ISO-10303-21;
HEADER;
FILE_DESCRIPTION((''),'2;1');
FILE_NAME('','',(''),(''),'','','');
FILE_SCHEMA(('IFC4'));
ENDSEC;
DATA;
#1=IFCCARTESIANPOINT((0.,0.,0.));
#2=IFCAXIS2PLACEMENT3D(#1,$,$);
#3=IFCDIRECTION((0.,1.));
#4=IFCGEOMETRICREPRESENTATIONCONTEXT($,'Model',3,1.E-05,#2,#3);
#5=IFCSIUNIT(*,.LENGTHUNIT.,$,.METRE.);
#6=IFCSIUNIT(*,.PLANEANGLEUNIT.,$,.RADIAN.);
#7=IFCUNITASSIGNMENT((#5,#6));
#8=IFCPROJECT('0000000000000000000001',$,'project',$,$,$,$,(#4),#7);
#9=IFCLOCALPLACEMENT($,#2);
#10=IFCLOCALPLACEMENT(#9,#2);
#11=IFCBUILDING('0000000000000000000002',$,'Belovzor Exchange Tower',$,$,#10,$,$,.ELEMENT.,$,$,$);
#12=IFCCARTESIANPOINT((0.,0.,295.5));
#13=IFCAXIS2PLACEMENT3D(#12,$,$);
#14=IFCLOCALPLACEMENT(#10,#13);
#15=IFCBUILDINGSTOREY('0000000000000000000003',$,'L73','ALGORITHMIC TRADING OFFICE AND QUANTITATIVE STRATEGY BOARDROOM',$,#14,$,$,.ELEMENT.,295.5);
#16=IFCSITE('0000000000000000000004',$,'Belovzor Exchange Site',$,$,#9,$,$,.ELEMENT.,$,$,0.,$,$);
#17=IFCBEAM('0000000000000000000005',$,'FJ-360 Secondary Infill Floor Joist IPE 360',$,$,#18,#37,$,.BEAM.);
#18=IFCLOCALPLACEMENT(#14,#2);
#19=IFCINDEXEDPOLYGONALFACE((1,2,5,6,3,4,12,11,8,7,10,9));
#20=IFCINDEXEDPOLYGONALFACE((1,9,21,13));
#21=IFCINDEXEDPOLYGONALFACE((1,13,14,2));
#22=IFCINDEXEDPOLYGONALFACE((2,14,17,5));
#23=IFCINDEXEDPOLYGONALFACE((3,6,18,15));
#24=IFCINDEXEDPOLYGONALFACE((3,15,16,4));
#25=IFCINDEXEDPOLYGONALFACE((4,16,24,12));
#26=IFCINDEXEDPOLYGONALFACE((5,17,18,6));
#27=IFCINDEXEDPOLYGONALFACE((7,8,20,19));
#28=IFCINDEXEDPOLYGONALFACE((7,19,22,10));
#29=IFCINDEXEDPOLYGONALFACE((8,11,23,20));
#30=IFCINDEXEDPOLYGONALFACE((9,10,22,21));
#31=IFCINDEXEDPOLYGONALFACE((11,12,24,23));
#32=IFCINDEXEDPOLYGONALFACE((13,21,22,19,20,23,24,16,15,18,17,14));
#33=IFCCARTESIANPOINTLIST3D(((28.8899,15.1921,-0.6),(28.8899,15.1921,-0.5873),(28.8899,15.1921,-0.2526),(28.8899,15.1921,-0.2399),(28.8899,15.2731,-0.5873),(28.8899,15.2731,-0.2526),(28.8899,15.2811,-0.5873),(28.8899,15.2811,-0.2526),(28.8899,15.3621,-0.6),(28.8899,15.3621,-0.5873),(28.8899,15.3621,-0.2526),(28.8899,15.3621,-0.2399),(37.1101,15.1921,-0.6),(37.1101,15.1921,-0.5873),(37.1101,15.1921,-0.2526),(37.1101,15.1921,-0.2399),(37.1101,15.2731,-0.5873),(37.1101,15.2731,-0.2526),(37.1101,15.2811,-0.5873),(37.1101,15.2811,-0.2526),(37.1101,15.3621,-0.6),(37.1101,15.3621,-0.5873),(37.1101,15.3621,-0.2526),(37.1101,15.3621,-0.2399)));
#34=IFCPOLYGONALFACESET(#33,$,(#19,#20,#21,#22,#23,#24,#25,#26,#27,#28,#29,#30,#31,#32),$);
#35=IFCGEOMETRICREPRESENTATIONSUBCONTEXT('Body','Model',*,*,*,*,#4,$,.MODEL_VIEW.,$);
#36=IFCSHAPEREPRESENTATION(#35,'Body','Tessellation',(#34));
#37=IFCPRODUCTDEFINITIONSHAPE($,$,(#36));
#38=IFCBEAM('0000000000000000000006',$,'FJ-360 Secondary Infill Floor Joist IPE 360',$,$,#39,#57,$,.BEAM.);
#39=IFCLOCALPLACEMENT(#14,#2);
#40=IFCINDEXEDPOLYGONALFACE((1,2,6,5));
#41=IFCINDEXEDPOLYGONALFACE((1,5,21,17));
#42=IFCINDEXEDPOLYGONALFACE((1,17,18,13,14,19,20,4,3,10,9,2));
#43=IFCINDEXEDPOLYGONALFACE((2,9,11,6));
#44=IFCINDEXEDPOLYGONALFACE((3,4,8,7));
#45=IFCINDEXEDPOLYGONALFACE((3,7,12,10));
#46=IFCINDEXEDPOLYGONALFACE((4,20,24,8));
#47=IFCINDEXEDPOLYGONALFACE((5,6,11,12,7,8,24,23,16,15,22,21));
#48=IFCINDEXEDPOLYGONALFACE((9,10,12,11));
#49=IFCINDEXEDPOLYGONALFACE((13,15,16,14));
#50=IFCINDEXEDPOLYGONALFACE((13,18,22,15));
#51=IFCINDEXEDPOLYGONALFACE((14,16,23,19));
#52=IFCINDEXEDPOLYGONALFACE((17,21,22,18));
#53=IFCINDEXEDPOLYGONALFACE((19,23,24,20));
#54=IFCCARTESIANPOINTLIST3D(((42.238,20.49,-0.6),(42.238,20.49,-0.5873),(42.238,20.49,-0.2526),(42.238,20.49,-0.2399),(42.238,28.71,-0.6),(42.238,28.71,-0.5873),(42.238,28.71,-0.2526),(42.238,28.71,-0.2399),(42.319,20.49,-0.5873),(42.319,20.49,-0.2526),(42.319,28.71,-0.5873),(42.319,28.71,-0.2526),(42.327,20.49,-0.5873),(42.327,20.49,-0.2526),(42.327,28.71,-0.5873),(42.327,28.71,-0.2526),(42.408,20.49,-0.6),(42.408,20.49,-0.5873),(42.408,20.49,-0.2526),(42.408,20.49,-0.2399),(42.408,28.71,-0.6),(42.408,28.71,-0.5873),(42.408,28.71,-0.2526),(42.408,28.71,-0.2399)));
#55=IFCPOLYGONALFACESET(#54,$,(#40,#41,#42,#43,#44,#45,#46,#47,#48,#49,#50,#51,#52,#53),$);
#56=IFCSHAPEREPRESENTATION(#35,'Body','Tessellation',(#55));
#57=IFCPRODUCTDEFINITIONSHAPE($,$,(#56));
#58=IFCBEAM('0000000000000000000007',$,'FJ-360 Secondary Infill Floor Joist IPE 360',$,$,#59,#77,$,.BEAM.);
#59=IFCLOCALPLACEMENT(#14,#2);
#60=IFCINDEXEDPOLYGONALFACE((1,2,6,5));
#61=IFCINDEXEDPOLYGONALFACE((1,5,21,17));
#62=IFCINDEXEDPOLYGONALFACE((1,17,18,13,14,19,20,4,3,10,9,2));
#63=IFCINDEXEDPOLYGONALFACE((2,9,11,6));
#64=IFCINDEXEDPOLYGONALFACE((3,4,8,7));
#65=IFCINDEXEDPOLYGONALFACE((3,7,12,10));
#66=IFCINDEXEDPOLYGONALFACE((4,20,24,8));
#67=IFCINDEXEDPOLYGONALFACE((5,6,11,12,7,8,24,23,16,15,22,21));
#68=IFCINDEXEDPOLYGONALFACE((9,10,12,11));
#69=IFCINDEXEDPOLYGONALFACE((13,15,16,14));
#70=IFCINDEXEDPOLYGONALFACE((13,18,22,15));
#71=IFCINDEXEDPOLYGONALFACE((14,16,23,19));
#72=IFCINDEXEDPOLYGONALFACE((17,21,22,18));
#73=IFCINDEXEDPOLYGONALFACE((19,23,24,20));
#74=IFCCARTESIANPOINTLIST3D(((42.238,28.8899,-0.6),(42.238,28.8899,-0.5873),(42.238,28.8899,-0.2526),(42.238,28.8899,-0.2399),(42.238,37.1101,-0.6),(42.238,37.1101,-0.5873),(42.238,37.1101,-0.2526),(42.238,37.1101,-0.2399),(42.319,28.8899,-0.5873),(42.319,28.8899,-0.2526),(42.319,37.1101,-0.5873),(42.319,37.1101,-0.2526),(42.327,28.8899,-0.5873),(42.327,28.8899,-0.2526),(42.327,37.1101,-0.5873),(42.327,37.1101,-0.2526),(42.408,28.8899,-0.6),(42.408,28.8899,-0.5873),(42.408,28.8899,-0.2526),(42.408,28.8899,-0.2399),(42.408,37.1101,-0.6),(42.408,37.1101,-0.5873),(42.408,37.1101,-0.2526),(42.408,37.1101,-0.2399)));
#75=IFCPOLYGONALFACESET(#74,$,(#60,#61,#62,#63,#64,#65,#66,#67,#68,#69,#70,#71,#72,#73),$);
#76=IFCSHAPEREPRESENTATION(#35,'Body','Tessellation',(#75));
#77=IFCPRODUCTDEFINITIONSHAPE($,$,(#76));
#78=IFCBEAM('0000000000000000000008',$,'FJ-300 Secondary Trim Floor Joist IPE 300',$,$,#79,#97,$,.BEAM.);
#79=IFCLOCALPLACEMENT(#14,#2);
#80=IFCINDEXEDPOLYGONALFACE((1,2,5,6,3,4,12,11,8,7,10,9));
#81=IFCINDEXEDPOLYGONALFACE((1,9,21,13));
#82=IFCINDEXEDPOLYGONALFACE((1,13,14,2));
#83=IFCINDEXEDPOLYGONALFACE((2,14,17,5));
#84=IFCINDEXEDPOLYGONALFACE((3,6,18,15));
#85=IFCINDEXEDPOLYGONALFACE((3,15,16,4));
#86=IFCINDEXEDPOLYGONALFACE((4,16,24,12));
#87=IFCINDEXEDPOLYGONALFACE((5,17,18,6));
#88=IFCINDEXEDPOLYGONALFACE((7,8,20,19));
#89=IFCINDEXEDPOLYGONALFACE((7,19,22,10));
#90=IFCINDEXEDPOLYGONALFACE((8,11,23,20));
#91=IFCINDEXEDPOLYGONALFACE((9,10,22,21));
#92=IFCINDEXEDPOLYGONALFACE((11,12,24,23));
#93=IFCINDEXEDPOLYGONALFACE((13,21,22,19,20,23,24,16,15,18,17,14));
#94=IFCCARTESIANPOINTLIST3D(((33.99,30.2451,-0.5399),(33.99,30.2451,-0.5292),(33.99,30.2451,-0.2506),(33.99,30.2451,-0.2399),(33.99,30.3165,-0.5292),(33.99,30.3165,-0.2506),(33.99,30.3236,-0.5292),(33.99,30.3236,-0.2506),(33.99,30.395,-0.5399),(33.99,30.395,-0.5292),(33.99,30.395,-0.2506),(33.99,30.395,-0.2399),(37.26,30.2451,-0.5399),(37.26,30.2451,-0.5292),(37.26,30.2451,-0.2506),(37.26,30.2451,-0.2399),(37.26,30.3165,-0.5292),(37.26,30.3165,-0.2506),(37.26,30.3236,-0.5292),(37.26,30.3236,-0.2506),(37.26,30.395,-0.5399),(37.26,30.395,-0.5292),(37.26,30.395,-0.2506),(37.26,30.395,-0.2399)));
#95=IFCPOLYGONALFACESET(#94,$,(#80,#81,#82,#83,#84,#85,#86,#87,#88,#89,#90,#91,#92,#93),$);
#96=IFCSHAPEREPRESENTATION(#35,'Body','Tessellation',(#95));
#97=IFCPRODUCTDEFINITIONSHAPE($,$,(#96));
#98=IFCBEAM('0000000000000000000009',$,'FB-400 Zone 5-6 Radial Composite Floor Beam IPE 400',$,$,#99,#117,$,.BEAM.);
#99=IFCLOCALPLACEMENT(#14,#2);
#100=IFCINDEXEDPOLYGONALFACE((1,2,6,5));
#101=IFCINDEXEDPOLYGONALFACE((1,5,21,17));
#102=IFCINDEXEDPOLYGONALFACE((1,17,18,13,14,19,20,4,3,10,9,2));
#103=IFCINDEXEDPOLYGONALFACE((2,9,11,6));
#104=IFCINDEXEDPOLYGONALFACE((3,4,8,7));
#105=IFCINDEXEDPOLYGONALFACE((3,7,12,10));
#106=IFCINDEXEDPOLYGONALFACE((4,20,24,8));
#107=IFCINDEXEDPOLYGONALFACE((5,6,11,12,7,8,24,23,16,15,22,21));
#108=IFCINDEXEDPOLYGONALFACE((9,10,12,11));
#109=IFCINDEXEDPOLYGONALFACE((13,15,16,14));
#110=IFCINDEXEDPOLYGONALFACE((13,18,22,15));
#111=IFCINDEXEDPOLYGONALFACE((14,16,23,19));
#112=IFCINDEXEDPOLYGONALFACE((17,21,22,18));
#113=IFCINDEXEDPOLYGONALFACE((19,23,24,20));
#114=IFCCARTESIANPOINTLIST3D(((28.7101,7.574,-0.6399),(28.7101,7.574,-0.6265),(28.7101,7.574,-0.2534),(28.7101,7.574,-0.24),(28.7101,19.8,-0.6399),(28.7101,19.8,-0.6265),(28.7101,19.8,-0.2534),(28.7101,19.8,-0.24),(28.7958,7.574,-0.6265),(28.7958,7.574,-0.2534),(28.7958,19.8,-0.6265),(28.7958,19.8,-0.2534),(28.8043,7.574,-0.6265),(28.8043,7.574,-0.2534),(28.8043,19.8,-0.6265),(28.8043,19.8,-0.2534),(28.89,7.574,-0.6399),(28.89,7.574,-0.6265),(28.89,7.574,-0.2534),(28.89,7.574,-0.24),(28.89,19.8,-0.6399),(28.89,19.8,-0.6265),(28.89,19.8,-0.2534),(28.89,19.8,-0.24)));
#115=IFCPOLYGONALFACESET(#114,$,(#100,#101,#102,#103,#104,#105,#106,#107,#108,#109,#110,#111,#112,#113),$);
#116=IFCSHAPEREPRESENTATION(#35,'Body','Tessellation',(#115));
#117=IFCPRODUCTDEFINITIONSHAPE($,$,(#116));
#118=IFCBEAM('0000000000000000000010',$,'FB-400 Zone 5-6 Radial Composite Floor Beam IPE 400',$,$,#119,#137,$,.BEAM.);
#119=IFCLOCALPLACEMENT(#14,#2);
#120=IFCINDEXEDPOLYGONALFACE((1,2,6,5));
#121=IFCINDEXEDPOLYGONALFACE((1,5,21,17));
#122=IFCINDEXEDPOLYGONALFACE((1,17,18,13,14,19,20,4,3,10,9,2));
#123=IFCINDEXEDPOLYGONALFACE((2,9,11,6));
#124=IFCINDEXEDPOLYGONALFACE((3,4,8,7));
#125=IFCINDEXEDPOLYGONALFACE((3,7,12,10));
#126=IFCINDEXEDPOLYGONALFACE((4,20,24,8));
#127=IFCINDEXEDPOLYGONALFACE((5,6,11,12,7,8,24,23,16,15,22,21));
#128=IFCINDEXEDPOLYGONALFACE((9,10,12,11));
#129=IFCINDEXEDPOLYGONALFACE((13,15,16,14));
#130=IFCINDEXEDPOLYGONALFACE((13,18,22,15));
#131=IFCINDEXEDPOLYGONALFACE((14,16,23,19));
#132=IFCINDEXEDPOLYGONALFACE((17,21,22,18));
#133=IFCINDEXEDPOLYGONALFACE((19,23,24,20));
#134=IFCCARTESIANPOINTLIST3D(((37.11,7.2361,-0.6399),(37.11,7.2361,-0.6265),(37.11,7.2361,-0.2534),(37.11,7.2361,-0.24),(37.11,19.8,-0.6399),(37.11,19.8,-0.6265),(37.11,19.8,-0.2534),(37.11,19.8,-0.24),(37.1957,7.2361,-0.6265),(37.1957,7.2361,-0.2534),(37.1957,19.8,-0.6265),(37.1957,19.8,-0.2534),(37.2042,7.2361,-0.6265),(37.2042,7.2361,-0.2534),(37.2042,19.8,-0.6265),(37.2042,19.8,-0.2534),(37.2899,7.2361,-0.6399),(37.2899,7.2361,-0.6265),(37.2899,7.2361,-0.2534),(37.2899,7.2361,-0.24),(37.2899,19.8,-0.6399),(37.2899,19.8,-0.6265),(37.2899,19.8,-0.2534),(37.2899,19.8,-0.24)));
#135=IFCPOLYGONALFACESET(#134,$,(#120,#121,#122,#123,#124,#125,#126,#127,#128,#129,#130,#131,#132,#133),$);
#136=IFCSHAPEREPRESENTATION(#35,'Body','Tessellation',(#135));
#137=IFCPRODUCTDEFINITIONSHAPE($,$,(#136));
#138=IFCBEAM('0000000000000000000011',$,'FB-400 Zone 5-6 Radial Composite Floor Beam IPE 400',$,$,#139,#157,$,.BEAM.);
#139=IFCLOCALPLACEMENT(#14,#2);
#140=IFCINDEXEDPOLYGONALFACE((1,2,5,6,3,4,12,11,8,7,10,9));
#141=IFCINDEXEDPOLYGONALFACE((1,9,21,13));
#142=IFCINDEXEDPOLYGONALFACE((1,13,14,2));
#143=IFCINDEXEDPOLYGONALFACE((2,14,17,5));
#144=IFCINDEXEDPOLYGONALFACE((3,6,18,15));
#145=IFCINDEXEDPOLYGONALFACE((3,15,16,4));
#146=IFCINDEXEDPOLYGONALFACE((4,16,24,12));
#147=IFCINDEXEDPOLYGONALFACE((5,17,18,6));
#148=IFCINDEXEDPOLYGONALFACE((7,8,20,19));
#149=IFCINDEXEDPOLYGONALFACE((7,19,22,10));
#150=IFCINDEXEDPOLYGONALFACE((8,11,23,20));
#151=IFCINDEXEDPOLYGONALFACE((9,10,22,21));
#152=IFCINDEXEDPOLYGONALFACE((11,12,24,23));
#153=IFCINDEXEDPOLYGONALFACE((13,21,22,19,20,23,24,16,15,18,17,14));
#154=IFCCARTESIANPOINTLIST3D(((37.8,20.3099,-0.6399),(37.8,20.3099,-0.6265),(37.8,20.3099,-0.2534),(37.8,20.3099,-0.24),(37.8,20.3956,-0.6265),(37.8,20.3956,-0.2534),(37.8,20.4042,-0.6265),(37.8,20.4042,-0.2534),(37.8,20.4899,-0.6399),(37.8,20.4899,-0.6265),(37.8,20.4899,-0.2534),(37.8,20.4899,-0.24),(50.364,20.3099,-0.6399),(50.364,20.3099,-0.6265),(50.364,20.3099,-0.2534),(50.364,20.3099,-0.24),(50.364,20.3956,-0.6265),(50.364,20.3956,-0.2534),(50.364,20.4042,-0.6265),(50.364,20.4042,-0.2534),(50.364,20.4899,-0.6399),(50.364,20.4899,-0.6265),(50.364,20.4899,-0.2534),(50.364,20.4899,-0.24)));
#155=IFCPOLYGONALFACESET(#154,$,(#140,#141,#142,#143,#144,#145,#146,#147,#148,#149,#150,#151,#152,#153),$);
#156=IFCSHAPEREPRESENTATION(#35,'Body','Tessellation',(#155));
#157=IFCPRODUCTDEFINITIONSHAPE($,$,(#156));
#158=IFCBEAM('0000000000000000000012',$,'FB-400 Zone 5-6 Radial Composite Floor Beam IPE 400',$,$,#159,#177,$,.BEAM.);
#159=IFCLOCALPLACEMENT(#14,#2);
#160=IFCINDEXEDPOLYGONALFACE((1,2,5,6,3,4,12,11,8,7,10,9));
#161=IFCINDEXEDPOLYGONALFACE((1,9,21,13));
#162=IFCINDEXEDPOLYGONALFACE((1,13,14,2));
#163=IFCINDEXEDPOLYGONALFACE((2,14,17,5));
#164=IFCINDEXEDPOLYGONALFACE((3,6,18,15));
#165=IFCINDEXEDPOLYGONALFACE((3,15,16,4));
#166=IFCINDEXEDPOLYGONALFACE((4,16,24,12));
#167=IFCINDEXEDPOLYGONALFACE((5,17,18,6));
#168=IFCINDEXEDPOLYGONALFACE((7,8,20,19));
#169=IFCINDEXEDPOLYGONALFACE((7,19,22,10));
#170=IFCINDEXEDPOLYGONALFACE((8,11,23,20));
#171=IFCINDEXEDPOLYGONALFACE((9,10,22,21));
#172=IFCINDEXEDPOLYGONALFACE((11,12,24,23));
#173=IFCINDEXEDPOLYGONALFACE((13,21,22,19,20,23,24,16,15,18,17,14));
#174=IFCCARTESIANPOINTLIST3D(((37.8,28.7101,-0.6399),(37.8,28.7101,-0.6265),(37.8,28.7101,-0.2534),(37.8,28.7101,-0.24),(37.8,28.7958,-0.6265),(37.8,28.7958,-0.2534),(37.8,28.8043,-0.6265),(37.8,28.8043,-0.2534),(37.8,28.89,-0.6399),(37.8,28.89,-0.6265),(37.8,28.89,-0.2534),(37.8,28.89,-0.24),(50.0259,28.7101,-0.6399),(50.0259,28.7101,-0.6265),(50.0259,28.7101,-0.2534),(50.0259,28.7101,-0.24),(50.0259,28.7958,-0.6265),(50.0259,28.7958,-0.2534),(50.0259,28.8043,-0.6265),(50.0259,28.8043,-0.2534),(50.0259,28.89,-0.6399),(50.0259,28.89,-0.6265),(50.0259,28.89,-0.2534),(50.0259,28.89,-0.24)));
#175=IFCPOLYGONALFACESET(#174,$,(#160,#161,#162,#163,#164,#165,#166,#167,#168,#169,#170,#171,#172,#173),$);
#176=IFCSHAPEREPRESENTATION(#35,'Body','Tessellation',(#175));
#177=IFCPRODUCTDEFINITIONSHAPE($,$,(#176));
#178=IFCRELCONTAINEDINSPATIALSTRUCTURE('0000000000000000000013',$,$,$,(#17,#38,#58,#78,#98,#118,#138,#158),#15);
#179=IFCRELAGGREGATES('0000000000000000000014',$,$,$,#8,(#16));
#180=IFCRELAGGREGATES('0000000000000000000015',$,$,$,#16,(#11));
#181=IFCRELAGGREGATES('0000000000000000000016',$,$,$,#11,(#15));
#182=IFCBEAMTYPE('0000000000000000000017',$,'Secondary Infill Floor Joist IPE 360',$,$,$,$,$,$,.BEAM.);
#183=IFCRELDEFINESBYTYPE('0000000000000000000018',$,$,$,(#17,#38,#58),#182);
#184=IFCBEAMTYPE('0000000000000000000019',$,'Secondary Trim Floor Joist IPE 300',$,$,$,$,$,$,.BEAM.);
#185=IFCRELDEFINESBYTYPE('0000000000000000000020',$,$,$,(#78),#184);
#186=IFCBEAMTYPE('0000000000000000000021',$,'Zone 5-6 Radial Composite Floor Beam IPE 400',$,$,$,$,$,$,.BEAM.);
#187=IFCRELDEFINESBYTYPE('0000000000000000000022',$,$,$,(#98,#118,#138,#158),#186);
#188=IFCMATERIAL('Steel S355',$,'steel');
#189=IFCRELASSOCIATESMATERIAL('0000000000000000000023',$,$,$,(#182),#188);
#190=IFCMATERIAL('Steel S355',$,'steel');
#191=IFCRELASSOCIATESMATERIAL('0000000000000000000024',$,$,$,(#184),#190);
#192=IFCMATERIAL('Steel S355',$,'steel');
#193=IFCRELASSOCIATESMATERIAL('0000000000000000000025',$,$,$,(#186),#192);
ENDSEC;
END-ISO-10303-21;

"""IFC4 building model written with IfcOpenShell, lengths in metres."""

from ifc_helpers import new_model, si_unit, direction, frame, origin, origin_2d, place, context, subcontext, project, spatial, i_section, extrude, material, material_profile, profile_set, type_object, element, save


model = new_model("IFC4")

# Units and contexts
model_context = context("Model", 3, precision=1e-05, world=origin(), true_north=direction((0.0, 1.0)))
body_context = subcontext(model_context, "Body", "Model", "MODEL_VIEW")
ifc_project = project(units=[si_unit("LENGTHUNIT", "METRE"), si_unit("PLANEANGLEUNIT", "RADIAN")], contexts=[model_context])

# Site, building, storey
site_placement = place(None, origin())
site = spatial("IfcSite", under=ifc_project, at=site_placement, Name="Belovzor Exchange Site", CompositionType="ELEMENT", RefElevation=0.0)
building_placement = place(site_placement, origin())
building = spatial("IfcBuilding", under=site, at=building_placement, Name="Belovzor Exchange Tower", CompositionType="ELEMENT")
storey_placement = place(building_placement, frame((0.0, 0.0, 295.5)))
storey = spatial("IfcBuildingStorey", under=building, at=storey_placement, Name="L73", Description="ALGORITHMIC TRADING OFFICE AND QUANTITATIVE STRATEGY BOARDROOM", CompositionType="ELEMENT", Elevation=295.5)

# Beams
ifc_material_1 = material(Name="Steel S355", Category="steel")
ifc_material_profile_1 = material_profile(ifc_material_1, i_section(OverallWidth=0.1699, OverallDepth=0.3601, WebThickness=0.0081, FlangeThickness=0.0127, at=origin_2d()))
ifc_profile_set_1 = profile_set([ifc_material_profile_1], Name="Steel S355")
beam_type_1 = type_object("IfcBeamType", Name="Secondary Infill Floor Joist IPE 360", PredefinedType="BEAM", material=ifc_profile_set_1)
beam_1_placement = place(storey_placement, frame((28.8899, 15.2771, -0.4199), z_axis=(1.0, 0.0, 0.0), x_axis=(0.0, 1.0, 0.0)))
element("IfcBeam", 1, at=beam_1_placement, inside=storey, type_object=beam_type_1, Name="FJ-360 Secondary Infill Floor Joist IPE 360", PredefinedType="BEAM", context=body_context, shape_type="SweptSolid", body=[
    extrude(i_section(OverallWidth=0.1699, OverallDepth=0.3601, WebThickness=0.0081, FlangeThickness=0.0127, at=origin_2d()), origin(), (0.0, 0.0, 1.0), 8.2202),
])
beam_2_placement = place(storey_placement, frame((42.323, 20.49, -0.4199), z_axis=(0.0, 1.0, 0.0), x_axis=(-1.0, 0.0, 0.0)))
element("IfcBeam", 2, at=beam_2_placement, inside=storey, type_object=beam_type_1, Name="FJ-360 Secondary Infill Floor Joist IPE 360", PredefinedType="BEAM", context=body_context, shape_type="SweptSolid", body=[
    extrude(i_section(OverallWidth=0.1699, OverallDepth=0.3601, WebThickness=0.0081, FlangeThickness=0.0127, at=origin_2d()), origin(), (0.0, 0.0, 1.0), 8.22),
])
beam_3_placement = place(storey_placement, frame((42.323, 28.8899, -0.4199), z_axis=(0.0, 1.0, 0.0), x_axis=(-1.0, 0.0, 0.0)))
element("IfcBeam", 3, at=beam_3_placement, inside=storey, type_object=beam_type_1, Name="FJ-360 Secondary Infill Floor Joist IPE 360", PredefinedType="BEAM", context=body_context, shape_type="SweptSolid", body=[
    extrude(i_section(OverallWidth=0.1699, OverallDepth=0.3601, WebThickness=0.0081, FlangeThickness=0.0127, at=origin_2d()), origin(), (0.0, 0.0, 1.0), 8.2202),
])
ifc_material_2 = material(Name="Steel S355", Category="steel")
ifc_material_profile_2 = material_profile(ifc_material_2, i_section(OverallWidth=0.1499, OverallDepth=0.3, WebThickness=0.0071, FlangeThickness=0.0107, at=origin_2d()))
ifc_profile_set_2 = profile_set([ifc_material_profile_2], Name="Steel S355")
beam_type_2 = type_object("IfcBeamType", Name="Secondary Trim Floor Joist IPE 300", PredefinedType="BEAM", material=ifc_profile_set_2)
beam_4_placement = place(storey_placement, frame((37.26, 30.3201, -0.3899), z_axis=(-1.0, 0.0, 0.0), x_axis=(0.0, -1.0, 0.0)))
element("IfcBeam", 4, at=beam_4_placement, inside=storey, type_object=beam_type_2, Name="FJ-300 Secondary Trim Floor Joist IPE 300", PredefinedType="BEAM", context=body_context, shape_type="SweptSolid", body=[
    extrude(i_section(OverallWidth=0.1499, OverallDepth=0.3, WebThickness=0.0071, FlangeThickness=0.0107, at=origin_2d()), origin(), (0.0, 0.0, 1.0), 3.27),
])
ifc_material_3 = material(Name="Steel S355", Category="steel")
ifc_material_profile_3 = material_profile(ifc_material_3, i_section(OverallWidth=0.1799, OverallDepth=0.3999, WebThickness=0.0085, FlangeThickness=0.0134, at=origin_2d()))
ifc_profile_set_3 = profile_set([ifc_material_profile_3], Name="Steel S355")
beam_type_3 = type_object("IfcBeamType", Name="Zone 5-6 Radial Composite Floor Beam IPE 400", PredefinedType="BEAM", material=ifc_profile_set_3)
beam_5_placement = place(storey_placement, frame((28.8, 19.8, -0.4399), z_axis=(0.0, -1.0, 0.0), x_axis=(1.0, 0.0, 0.0)))
element("IfcBeam", 5, at=beam_5_placement, inside=storey, type_object=beam_type_3, Name="FB-400 Zone 5-6 Radial Composite Floor Beam IPE 400", PredefinedType="BEAM", context=body_context, shape_type="SweptSolid", body=[
    extrude(i_section(OverallWidth=0.1799, OverallDepth=0.3999, WebThickness=0.0085, FlangeThickness=0.0134, at=origin_2d()), origin(), (0.0, 0.0, 1.0), 12.2261),
])
for number, where, z_axis, x_axis, name in (
    (6, (37.2, 19.8, -0.4399), (0.0, -1.0, 0.0), (1.0, 0.0, 0.0), "FB-400 Zone 5-6 Radial Composite Floor Beam IPE 400"),
    (7, (37.8, 20.3999, -0.4399), (1.0, 0.0, 0.0), (0.0, 1.0, 0.0), "FB-400 Zone 5-6 Radial Composite Floor Beam IPE 400"),
):
    element("IfcBeam", number, at=place(storey_placement, frame(where, z_axis=z_axis, x_axis=x_axis)), inside=storey, type_object=beam_type_3, Name=name, PredefinedType="BEAM", context=body_context, shape_type="SweptSolid", body=[
        extrude(i_section(OverallWidth=0.1799, OverallDepth=0.3999, WebThickness=0.0085, FlangeThickness=0.0134, at=origin_2d()), origin(), (0.0, 0.0, 1.0), 12.564),
    ])
beam_6_placement = place(storey_placement, frame((37.8, 28.8, -0.4399), z_axis=(1.0, 0.0, 0.0), x_axis=(0.0, 1.0, 0.0)))
element("IfcBeam", 8, at=beam_6_placement, inside=storey, type_object=beam_type_3, Name="FB-400 Zone 5-6 Radial Composite Floor Beam IPE 400", PredefinedType="BEAM", context=body_context, shape_type="SweptSolid", body=[
    extrude(i_section(OverallWidth=0.1799, OverallDepth=0.3999, WebThickness=0.0085, FlangeThickness=0.0134, at=origin_2d()), origin(), (0.0, 0.0, 1.0), 12.2258),
])

save(model, "model.ifc")
